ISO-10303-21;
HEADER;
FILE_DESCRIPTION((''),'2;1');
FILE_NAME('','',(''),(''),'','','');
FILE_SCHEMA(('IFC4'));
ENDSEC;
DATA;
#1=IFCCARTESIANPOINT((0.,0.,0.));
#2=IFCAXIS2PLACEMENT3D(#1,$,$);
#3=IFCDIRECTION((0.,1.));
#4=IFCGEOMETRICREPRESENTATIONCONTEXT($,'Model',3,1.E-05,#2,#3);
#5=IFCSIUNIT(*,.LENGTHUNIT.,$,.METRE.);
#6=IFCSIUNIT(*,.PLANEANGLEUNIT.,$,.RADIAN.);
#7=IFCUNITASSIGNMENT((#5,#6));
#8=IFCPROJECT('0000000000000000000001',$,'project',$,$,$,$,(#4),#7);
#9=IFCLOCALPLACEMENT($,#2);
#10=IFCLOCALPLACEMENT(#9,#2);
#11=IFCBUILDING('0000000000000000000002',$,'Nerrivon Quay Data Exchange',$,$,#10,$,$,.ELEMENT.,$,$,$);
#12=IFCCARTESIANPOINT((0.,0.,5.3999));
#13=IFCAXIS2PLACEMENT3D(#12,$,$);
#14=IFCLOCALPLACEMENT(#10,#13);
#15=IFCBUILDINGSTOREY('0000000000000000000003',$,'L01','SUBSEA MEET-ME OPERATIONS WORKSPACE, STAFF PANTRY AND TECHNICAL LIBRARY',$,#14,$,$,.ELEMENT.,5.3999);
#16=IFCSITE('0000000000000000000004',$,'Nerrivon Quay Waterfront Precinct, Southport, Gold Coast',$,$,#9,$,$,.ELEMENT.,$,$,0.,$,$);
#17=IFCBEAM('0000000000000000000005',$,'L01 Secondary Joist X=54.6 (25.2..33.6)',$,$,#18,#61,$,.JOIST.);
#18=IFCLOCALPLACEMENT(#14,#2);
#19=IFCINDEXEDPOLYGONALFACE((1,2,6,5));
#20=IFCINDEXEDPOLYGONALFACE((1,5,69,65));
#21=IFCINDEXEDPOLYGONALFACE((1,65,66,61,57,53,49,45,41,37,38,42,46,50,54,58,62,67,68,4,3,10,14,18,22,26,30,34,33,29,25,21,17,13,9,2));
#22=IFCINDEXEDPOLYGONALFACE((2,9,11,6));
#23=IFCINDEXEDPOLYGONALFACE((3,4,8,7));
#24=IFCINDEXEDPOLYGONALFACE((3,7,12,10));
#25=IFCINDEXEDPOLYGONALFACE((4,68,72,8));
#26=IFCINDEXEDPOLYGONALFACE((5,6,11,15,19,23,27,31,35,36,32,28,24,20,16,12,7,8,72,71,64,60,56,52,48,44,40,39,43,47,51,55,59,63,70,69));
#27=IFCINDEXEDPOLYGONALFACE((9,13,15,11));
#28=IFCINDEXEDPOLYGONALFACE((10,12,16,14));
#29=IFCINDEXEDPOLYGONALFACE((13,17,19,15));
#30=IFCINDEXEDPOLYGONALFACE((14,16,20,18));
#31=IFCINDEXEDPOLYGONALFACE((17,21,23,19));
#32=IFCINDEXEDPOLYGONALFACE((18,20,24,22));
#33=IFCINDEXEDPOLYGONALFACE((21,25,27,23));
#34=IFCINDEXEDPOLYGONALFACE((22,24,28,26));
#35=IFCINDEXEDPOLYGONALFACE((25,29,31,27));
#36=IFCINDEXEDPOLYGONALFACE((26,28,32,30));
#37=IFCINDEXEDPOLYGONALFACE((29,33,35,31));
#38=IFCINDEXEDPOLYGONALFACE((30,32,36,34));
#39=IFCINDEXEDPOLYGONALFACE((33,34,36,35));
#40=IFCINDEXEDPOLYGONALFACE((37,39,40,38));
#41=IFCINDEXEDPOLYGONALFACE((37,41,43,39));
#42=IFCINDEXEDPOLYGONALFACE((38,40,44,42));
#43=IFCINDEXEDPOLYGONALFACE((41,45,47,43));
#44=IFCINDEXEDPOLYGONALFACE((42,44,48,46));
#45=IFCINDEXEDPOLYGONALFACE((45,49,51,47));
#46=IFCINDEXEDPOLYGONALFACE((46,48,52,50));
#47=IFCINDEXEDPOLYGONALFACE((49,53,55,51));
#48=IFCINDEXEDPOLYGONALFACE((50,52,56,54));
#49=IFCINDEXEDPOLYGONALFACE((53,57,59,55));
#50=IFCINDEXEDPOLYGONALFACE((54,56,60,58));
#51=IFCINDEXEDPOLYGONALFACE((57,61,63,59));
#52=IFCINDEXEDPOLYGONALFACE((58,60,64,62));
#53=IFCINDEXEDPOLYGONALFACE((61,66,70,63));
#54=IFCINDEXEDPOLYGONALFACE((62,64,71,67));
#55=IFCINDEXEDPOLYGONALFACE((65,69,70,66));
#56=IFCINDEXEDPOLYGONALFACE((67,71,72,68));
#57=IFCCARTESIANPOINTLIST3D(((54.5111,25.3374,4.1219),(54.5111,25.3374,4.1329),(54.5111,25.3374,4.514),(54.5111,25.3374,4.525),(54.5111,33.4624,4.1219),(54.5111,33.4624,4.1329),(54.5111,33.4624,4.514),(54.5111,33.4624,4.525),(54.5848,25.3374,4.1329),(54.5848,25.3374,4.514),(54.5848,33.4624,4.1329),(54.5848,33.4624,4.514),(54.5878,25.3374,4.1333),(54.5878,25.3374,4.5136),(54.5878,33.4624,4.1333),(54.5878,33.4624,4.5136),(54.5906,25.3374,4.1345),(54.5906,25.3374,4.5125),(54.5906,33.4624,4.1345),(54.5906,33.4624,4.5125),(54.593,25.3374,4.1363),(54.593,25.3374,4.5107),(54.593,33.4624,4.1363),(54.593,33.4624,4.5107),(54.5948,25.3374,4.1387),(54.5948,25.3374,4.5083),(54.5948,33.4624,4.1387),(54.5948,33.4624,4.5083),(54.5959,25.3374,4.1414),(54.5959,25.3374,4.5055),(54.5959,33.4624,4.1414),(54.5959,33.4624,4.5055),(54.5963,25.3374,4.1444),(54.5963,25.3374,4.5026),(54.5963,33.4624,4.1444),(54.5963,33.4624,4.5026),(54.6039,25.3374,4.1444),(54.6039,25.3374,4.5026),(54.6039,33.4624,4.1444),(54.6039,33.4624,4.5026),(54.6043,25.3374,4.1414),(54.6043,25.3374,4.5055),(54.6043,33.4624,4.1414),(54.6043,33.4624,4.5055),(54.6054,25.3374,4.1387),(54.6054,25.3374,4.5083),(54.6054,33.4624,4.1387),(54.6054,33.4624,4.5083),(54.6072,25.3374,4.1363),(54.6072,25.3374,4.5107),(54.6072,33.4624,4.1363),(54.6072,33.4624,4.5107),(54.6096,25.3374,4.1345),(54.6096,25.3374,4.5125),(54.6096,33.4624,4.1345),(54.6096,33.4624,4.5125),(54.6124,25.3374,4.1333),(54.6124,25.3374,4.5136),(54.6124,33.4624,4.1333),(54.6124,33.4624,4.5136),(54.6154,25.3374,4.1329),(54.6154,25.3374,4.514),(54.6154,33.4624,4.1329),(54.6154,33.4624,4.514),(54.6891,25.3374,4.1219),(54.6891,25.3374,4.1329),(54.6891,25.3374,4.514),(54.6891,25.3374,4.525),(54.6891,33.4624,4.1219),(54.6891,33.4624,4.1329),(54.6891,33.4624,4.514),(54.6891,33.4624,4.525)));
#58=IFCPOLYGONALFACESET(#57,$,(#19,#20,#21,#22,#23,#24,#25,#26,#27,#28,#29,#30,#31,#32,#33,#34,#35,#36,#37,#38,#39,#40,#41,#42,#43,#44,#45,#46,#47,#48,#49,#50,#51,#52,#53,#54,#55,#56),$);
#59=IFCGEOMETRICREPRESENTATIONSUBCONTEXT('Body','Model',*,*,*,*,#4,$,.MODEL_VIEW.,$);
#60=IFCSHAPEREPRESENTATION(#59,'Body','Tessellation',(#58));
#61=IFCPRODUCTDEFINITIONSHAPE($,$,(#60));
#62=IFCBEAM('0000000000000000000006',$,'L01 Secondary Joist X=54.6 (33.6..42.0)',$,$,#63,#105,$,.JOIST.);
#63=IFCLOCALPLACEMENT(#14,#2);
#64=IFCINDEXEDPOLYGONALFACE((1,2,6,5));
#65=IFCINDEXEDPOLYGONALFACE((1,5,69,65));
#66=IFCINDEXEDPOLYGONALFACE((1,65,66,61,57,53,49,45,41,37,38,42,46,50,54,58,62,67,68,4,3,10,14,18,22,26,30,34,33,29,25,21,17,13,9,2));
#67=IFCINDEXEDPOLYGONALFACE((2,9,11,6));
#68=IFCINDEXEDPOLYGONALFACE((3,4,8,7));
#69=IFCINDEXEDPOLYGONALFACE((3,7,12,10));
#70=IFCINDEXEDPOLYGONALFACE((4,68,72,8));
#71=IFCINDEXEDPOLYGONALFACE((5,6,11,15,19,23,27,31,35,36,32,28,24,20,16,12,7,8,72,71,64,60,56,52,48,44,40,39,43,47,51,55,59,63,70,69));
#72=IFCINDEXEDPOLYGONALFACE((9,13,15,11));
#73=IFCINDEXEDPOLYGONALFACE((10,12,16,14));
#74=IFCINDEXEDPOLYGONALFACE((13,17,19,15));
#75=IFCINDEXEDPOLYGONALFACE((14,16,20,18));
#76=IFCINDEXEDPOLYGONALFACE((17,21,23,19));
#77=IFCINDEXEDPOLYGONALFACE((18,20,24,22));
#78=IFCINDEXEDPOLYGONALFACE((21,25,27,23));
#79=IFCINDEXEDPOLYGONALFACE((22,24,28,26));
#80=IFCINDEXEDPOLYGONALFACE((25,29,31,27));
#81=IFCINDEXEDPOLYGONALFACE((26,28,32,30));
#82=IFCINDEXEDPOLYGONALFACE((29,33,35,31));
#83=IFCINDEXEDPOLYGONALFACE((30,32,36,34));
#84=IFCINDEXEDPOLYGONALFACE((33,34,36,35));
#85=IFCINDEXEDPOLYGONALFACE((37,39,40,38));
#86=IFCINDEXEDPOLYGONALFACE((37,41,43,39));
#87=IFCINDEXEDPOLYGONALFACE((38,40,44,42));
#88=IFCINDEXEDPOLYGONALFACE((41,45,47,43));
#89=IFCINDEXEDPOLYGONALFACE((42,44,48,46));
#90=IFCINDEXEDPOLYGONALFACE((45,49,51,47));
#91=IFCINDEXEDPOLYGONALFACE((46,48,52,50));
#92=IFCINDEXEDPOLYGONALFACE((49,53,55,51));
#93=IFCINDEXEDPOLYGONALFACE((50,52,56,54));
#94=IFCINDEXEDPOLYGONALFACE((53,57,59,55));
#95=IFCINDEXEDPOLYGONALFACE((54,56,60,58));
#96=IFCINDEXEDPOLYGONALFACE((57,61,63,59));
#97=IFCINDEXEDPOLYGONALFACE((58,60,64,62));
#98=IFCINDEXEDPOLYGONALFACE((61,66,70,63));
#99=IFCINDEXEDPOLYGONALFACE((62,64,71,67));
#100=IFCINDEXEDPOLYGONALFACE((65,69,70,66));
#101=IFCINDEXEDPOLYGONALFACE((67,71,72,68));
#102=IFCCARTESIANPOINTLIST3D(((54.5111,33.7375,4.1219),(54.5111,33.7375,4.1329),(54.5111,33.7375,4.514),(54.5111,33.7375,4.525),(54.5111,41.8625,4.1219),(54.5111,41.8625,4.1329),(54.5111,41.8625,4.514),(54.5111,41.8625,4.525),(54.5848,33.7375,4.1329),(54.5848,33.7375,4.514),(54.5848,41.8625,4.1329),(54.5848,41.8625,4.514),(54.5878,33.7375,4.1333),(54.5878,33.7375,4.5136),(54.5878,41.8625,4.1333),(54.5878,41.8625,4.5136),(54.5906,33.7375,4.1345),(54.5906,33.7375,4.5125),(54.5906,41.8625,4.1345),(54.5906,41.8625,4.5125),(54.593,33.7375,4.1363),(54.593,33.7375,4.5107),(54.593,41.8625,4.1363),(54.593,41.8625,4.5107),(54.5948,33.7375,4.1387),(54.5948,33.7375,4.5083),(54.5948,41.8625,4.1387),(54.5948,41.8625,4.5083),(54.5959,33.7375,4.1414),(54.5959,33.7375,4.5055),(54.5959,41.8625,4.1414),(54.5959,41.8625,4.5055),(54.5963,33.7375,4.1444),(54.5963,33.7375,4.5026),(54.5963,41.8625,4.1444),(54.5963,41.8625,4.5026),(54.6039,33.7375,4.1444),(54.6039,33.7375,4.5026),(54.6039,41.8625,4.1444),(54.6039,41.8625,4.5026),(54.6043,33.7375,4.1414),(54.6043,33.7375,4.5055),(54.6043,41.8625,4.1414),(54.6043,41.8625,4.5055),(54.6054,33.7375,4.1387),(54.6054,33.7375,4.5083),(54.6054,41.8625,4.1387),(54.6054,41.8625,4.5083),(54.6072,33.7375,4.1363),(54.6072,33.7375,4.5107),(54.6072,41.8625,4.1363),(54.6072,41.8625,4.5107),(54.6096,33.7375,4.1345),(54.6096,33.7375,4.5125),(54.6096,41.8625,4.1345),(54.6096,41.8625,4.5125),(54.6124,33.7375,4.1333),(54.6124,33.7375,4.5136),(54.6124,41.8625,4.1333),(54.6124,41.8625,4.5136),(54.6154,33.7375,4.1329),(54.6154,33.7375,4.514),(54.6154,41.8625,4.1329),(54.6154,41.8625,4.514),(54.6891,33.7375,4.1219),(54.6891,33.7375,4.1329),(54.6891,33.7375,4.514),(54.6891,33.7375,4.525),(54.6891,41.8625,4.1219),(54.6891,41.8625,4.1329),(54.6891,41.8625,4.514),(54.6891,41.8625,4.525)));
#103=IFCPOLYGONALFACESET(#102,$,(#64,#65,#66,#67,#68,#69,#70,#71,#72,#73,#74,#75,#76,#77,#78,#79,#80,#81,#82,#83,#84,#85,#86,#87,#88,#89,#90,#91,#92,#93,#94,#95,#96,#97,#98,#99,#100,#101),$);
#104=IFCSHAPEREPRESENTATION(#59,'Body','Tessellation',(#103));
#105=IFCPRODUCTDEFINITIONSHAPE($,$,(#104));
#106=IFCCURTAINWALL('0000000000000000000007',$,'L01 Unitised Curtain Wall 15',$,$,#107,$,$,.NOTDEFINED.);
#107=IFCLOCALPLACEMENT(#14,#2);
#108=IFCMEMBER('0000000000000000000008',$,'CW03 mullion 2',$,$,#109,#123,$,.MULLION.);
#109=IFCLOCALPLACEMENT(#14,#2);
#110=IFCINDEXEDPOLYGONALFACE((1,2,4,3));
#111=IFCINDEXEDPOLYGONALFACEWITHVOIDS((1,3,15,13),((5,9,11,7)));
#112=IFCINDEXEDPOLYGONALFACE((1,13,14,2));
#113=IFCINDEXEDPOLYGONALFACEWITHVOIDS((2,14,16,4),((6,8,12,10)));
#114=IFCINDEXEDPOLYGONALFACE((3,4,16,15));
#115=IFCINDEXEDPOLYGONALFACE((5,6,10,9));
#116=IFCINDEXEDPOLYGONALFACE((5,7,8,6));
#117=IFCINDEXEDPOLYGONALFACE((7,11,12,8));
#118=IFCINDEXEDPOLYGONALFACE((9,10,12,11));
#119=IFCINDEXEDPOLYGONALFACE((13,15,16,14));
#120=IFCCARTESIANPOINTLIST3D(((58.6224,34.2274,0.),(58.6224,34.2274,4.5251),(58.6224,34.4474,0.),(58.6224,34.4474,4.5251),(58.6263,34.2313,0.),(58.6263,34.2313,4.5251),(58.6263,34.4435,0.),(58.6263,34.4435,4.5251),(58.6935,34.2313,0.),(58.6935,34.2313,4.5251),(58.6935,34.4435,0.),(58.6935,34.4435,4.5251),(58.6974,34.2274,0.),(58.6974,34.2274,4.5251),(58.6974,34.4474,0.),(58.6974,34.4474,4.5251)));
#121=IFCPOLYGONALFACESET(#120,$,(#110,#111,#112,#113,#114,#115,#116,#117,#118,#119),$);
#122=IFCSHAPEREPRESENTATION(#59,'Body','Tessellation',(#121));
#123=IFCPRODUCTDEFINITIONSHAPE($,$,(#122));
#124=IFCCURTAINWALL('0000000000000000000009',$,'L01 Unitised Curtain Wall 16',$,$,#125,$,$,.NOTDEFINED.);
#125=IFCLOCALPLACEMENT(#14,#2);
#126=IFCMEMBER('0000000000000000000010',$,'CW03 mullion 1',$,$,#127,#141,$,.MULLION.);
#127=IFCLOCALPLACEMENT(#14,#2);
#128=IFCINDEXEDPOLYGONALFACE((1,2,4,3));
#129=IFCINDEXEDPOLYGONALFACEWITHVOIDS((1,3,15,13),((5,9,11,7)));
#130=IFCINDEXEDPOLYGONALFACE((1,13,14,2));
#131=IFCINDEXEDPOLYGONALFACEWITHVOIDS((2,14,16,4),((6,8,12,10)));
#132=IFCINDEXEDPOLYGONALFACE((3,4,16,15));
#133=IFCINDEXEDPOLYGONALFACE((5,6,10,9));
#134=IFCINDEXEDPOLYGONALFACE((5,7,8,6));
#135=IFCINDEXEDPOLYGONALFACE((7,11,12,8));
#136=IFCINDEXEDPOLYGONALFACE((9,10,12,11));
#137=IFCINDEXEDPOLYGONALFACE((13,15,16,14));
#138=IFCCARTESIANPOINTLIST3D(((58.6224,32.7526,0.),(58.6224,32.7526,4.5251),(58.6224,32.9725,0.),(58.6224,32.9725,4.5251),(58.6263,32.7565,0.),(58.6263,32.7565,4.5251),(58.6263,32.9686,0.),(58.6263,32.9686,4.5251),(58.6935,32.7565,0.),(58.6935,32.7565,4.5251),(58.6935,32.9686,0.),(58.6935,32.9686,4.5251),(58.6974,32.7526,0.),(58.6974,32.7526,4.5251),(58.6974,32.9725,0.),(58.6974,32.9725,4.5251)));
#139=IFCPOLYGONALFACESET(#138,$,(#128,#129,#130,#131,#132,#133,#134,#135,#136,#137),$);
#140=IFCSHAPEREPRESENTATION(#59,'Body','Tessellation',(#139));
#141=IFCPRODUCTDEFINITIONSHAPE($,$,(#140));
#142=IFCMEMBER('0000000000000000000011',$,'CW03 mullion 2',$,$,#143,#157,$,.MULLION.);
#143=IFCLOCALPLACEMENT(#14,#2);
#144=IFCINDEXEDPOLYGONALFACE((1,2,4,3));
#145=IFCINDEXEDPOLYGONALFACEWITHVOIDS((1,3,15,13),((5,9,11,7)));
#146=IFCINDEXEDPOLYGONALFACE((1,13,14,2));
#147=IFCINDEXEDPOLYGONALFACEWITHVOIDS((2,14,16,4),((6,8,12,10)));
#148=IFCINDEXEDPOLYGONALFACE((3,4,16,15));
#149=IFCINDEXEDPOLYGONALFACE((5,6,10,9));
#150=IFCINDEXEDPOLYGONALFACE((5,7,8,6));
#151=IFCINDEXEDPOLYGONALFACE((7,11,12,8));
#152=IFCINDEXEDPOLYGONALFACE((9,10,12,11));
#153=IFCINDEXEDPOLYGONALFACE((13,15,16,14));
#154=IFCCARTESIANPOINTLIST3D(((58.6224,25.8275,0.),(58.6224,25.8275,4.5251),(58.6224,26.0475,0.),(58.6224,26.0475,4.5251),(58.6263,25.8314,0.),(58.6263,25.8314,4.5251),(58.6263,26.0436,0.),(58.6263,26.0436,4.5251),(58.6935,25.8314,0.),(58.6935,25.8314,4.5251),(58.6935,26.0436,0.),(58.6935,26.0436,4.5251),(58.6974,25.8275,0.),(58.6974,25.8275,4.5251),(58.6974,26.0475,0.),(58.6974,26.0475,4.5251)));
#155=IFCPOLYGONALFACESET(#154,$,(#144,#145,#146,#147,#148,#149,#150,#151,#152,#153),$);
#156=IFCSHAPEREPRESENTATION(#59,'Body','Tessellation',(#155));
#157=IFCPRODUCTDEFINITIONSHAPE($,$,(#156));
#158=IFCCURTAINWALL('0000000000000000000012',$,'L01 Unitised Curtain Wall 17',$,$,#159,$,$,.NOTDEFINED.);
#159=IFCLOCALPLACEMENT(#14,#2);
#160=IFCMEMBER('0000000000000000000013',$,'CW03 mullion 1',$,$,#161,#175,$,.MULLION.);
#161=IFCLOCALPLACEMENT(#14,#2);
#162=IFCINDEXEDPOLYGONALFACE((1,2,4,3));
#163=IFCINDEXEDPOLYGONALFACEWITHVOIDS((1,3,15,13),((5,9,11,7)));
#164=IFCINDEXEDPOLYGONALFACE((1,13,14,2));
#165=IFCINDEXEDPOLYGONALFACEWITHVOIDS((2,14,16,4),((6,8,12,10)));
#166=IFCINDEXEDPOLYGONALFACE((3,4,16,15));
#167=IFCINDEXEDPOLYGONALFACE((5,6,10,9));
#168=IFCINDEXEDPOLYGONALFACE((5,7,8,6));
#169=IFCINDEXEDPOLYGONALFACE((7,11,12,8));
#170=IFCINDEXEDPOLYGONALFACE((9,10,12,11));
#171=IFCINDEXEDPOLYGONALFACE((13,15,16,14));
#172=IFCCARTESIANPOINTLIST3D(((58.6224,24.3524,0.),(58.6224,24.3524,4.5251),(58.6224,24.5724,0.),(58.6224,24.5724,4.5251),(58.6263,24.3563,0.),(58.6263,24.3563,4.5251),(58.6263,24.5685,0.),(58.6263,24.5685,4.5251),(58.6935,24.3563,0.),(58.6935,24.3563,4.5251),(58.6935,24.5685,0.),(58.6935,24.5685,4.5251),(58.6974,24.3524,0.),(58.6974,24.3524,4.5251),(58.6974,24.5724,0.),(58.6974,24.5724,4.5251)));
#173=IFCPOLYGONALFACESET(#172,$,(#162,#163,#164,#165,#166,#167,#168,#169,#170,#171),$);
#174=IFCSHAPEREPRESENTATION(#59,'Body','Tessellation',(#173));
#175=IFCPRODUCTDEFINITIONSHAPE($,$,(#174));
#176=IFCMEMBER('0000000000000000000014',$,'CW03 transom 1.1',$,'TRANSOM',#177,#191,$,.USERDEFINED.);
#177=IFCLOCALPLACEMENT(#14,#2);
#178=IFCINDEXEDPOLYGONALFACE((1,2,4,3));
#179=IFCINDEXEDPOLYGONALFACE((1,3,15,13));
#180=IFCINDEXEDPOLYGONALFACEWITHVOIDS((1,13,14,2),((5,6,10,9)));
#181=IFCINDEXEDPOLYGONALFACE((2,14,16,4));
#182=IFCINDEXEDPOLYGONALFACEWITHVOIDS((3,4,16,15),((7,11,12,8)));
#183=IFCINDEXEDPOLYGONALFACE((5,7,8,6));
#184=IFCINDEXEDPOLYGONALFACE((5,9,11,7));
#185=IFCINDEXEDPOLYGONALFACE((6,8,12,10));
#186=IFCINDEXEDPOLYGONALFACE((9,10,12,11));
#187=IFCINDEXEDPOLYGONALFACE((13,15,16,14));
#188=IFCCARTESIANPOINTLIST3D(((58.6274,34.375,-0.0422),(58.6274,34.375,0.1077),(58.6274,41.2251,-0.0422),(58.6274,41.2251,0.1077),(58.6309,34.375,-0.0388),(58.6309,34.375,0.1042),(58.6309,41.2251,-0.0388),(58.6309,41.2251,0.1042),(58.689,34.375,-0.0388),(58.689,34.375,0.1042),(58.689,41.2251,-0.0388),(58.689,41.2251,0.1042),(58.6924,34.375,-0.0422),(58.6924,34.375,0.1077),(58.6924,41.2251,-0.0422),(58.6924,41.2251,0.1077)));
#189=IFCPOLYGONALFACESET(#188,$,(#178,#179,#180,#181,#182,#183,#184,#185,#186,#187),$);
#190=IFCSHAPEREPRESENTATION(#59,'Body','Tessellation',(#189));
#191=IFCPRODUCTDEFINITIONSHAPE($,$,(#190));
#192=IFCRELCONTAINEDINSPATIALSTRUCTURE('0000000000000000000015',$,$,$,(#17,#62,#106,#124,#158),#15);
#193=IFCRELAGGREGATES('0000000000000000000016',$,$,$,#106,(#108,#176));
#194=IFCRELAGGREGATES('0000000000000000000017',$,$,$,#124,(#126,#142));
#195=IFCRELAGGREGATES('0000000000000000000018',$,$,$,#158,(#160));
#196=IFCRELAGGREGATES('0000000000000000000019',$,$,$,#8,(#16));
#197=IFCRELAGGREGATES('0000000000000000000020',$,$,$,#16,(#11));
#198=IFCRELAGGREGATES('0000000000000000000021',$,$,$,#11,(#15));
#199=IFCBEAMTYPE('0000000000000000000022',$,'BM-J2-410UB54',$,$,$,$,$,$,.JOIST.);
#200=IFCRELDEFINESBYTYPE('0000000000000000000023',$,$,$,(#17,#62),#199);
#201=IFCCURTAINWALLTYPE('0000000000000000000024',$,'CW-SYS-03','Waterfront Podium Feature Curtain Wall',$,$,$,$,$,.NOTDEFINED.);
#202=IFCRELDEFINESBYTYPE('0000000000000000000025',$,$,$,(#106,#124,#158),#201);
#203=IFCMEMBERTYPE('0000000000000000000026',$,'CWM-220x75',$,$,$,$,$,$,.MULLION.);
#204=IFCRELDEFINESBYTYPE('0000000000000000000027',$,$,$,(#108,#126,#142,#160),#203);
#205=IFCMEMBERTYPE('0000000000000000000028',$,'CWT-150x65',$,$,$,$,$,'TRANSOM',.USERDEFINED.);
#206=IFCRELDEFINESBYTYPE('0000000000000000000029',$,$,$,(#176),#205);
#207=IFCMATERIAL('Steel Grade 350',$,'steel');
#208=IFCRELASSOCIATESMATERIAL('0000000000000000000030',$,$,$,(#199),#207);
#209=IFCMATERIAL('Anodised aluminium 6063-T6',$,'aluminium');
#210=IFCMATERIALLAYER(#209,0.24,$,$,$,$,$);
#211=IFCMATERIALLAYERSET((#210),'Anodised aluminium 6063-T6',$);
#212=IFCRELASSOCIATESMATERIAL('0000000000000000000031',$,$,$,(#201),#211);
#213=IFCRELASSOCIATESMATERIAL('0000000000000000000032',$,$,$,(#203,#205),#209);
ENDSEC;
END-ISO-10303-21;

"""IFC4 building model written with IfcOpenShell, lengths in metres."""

from ifc_helpers import new_model, si_unit, direction, frame, origin, origin_2d, place, context, subcontext, project, spatial, hollow_rectangle, i_section, extrude, material, layer, layer_set, material_profile, profile_set, type_object, element, aggregate, save


model = new_model("IFC4")

# Units and contexts
model_context = context("Model", 3, precision=1e-05, world=origin(), true_north=direction((0.0, 1.0)))
body_context = subcontext(model_context, "Body", "Model", "MODEL_VIEW")
ifc_project = project(units=[si_unit("LENGTHUNIT", "METRE"), si_unit("PLANEANGLEUNIT", "RADIAN")], contexts=[model_context])

# Site, building, storey
site_placement = place(None, origin())
site = spatial("IfcSite", under=ifc_project, at=site_placement, Name="Nerrivon Quay Waterfront Precinct, Southport, Gold Coast", CompositionType="ELEMENT", RefElevation=0.0)
building_placement = place(site_placement, origin())
building = spatial("IfcBuilding", under=site, at=building_placement, Name="Nerrivon Quay Data Exchange", CompositionType="ELEMENT")
storey_placement = place(building_placement, frame((0.0, 0.0, 5.3999)))
storey = spatial("IfcBuildingStorey", under=building, at=storey_placement, Name="L01", Description="SUBSEA MEET-ME OPERATIONS WORKSPACE, STAFF PANTRY AND TECHNICAL LIBRARY", CompositionType="ELEMENT", Elevation=5.3999)

# Beams
ifc_material_1 = material(Name="Steel Grade 350", Category="steel")
ifc_material_profile_1 = material_profile(ifc_material_1, i_section(OverallWidth=0.178, OverallDepth=0.4031, WebThickness=0.0076, FlangeThickness=0.011, FilletRadius=0.0115, at=origin_2d()), Name="410UB53.7")
ifc_profile_set_1 = profile_set([ifc_material_profile_1], Name="Steel Grade 350")
beam_type_1 = type_object("IfcBeamType", Name="BM-J2-410UB54", PredefinedType="JOIST", material=ifc_profile_set_1)
for number, where, z_axis, x_axis, name in (
    (1, (54.6001, 25.3374, 4.3235), (0.0, 1.0, 0.0), (-1.0, 0.0, 0.0), "L01 Secondary Joist X=54.6 (25.2..33.6)"),
    (2, (54.6001, 33.7375, 4.3235), (0.0, 1.0, 0.0), (-1.0, 0.0, 0.0), "L01 Secondary Joist X=54.6 (33.6..42.0)"),
):
    element("IfcBeam", number, at=place(storey_placement, frame(where, z_axis=z_axis, x_axis=x_axis)), inside=storey, type_object=beam_type_1, Name=name, PredefinedType="JOIST", context=body_context, shape_type="SweptSolid", body=[
        extrude(i_section(OverallWidth=0.178, OverallDepth=0.4031, WebThickness=0.0076, FlangeThickness=0.011, FilletRadius=0.0115, at=origin_2d()), origin(), (0.0, 0.0, 1.0), 8.125),
    ])

# Curtain wall, member
ifc_material_2 = material(Name="Anodised aluminium 6063-T6", Category="aluminium")
ifc_layer_1 = layer(ifc_material_2, 0.24)
ifc_layer_set_1 = layer_set([ifc_layer_1], Name="Anodised aluminium 6063-T6")
curtain_wall_type = type_object("IfcCurtainWallType", Name="CW-SYS-03", Description="Waterfront Podium Feature Curtain Wall", PredefinedType="NOTDEFINED", material=ifc_layer_set_1)
curtain_wall_1_placement = place(storey_placement, origin())
curtain_wall_1 = element("IfcCurtainWall", 3, at=curtain_wall_1_placement, inside=storey, type_object=curtain_wall_type, Name="L01 Unitised Curtain Wall 15", PredefinedType="NOTDEFINED")
ifc_material_profile_2 = material_profile(ifc_material_2, hollow_rectangle(XDim=0.075, YDim=0.22, WallThickness=0.0039, at=origin_2d()), Name="ALU-MULL-220x75")
ifc_profile_set_2 = profile_set([ifc_material_profile_2], Name="Anodised aluminium 6063-T6")
member_type_1 = type_object("IfcMemberType", Name="CWM-220x75", PredefinedType="MULLION", material=ifc_profile_set_2)
member_1_placement = place(storey_placement, frame((58.6599, 34.3374, 0.0), z_axis=(0.0, 0.0, 1.0), x_axis=(1.0, 0.0, 0.0)))
member_1 = element("IfcMember", 4, at=member_1_placement, type_object=member_type_1, Name="CW03 mullion 2", PredefinedType="MULLION", context=body_context, shape_type="SweptSolid", body=[
    extrude(hollow_rectangle(XDim=0.075, YDim=0.22, WallThickness=0.0039, at=origin_2d()), origin(), (0.0, 0.0, 1.0), 4.5251),
])

# Curtain wall, members
curtain_wall_2_placement = place(storey_placement, origin())
curtain_wall_2 = element("IfcCurtainWall", 5, at=curtain_wall_2_placement, inside=storey, type_object=curtain_wall_type, Name="L01 Unitised Curtain Wall 16", PredefinedType="NOTDEFINED")
member_2_placement = place(storey_placement, frame((58.6599, 32.8625, 0.0), z_axis=(0.0, 0.0, 1.0), x_axis=(1.0, 0.0, 0.0)))
member_2 = element("IfcMember", 6, at=member_2_placement, type_object=member_type_1, Name="CW03 mullion 1", PredefinedType="MULLION", context=body_context, shape_type="SweptSolid", body=[
    extrude(hollow_rectangle(XDim=0.075, YDim=0.22, WallThickness=0.0039, at=origin_2d()), origin(), (0.0, 0.0, 1.0), 4.5251),
])
member_3_placement = place(storey_placement, frame((58.6599, 25.9375, 0.0), z_axis=(0.0, 0.0, 1.0), x_axis=(1.0, 0.0, 0.0)))
member_3 = element("IfcMember", 7, at=member_3_placement, type_object=member_type_1, Name="CW03 mullion 2", PredefinedType="MULLION", context=body_context, shape_type="SweptSolid", body=[
    extrude(hollow_rectangle(XDim=0.075, YDim=0.22, WallThickness=0.0039, at=origin_2d()), origin(), (0.0, 0.0, 1.0), 4.5251),
])

# Curtain wall, member
curtain_wall_3_placement = place(storey_placement, origin())
curtain_wall_3 = element("IfcCurtainWall", 8, at=curtain_wall_3_placement, inside=storey, type_object=curtain_wall_type, Name="L01 Unitised Curtain Wall 17", PredefinedType="NOTDEFINED")
member_4_placement = place(storey_placement, frame((58.6599, 24.4624, 0.0), z_axis=(0.0, 0.0, 1.0), x_axis=(1.0, 0.0, 0.0)))
member_4 = element("IfcMember", 9, at=member_4_placement, type_object=member_type_1, Name="CW03 mullion 1", PredefinedType="MULLION", context=body_context, shape_type="SweptSolid", body=[
    extrude(hollow_rectangle(XDim=0.075, YDim=0.22, WallThickness=0.0039, at=origin_2d()), origin(), (0.0, 0.0, 1.0), 4.5251),
])

# Member
ifc_material_profile_3 = material_profile(ifc_material_2, hollow_rectangle(XDim=0.0649, YDim=0.1499, WallThickness=0.0034, at=origin_2d()), Name="ALU-TRAN-150x65")
ifc_profile_set_3 = profile_set([ifc_material_profile_3], Name="Anodised aluminium 6063-T6")
member_type_2 = type_object("IfcMemberType", Name="CWT-150x65", ElementType="TRANSOM", PredefinedType="USERDEFINED", material=ifc_profile_set_3)
member_5_placement = place(storey_placement, frame((58.6599, 41.2251, 0.0327), z_axis=(0.0, -1.0, 0.0), x_axis=(1.0, 0.0, 0.0)))
member_5 = element("IfcMember", 10, at=member_5_placement, type_object=member_type_2, Name="CW03 transom 1.1", ObjectType="TRANSOM", PredefinedType="USERDEFINED", context=body_context, shape_type="SweptSolid", body=[
    extrude(hollow_rectangle(XDim=0.0649, YDim=0.1499, WallThickness=0.0034, at=origin_2d()), origin(), (0.0, 0.0, 1.0), 6.8501),
])

aggregate(curtain_wall_1, [member_1, member_5])
aggregate(curtain_wall_2, [member_2, member_3])
aggregate(curtain_wall_3, [member_4])

save(model, "model.ifc")
